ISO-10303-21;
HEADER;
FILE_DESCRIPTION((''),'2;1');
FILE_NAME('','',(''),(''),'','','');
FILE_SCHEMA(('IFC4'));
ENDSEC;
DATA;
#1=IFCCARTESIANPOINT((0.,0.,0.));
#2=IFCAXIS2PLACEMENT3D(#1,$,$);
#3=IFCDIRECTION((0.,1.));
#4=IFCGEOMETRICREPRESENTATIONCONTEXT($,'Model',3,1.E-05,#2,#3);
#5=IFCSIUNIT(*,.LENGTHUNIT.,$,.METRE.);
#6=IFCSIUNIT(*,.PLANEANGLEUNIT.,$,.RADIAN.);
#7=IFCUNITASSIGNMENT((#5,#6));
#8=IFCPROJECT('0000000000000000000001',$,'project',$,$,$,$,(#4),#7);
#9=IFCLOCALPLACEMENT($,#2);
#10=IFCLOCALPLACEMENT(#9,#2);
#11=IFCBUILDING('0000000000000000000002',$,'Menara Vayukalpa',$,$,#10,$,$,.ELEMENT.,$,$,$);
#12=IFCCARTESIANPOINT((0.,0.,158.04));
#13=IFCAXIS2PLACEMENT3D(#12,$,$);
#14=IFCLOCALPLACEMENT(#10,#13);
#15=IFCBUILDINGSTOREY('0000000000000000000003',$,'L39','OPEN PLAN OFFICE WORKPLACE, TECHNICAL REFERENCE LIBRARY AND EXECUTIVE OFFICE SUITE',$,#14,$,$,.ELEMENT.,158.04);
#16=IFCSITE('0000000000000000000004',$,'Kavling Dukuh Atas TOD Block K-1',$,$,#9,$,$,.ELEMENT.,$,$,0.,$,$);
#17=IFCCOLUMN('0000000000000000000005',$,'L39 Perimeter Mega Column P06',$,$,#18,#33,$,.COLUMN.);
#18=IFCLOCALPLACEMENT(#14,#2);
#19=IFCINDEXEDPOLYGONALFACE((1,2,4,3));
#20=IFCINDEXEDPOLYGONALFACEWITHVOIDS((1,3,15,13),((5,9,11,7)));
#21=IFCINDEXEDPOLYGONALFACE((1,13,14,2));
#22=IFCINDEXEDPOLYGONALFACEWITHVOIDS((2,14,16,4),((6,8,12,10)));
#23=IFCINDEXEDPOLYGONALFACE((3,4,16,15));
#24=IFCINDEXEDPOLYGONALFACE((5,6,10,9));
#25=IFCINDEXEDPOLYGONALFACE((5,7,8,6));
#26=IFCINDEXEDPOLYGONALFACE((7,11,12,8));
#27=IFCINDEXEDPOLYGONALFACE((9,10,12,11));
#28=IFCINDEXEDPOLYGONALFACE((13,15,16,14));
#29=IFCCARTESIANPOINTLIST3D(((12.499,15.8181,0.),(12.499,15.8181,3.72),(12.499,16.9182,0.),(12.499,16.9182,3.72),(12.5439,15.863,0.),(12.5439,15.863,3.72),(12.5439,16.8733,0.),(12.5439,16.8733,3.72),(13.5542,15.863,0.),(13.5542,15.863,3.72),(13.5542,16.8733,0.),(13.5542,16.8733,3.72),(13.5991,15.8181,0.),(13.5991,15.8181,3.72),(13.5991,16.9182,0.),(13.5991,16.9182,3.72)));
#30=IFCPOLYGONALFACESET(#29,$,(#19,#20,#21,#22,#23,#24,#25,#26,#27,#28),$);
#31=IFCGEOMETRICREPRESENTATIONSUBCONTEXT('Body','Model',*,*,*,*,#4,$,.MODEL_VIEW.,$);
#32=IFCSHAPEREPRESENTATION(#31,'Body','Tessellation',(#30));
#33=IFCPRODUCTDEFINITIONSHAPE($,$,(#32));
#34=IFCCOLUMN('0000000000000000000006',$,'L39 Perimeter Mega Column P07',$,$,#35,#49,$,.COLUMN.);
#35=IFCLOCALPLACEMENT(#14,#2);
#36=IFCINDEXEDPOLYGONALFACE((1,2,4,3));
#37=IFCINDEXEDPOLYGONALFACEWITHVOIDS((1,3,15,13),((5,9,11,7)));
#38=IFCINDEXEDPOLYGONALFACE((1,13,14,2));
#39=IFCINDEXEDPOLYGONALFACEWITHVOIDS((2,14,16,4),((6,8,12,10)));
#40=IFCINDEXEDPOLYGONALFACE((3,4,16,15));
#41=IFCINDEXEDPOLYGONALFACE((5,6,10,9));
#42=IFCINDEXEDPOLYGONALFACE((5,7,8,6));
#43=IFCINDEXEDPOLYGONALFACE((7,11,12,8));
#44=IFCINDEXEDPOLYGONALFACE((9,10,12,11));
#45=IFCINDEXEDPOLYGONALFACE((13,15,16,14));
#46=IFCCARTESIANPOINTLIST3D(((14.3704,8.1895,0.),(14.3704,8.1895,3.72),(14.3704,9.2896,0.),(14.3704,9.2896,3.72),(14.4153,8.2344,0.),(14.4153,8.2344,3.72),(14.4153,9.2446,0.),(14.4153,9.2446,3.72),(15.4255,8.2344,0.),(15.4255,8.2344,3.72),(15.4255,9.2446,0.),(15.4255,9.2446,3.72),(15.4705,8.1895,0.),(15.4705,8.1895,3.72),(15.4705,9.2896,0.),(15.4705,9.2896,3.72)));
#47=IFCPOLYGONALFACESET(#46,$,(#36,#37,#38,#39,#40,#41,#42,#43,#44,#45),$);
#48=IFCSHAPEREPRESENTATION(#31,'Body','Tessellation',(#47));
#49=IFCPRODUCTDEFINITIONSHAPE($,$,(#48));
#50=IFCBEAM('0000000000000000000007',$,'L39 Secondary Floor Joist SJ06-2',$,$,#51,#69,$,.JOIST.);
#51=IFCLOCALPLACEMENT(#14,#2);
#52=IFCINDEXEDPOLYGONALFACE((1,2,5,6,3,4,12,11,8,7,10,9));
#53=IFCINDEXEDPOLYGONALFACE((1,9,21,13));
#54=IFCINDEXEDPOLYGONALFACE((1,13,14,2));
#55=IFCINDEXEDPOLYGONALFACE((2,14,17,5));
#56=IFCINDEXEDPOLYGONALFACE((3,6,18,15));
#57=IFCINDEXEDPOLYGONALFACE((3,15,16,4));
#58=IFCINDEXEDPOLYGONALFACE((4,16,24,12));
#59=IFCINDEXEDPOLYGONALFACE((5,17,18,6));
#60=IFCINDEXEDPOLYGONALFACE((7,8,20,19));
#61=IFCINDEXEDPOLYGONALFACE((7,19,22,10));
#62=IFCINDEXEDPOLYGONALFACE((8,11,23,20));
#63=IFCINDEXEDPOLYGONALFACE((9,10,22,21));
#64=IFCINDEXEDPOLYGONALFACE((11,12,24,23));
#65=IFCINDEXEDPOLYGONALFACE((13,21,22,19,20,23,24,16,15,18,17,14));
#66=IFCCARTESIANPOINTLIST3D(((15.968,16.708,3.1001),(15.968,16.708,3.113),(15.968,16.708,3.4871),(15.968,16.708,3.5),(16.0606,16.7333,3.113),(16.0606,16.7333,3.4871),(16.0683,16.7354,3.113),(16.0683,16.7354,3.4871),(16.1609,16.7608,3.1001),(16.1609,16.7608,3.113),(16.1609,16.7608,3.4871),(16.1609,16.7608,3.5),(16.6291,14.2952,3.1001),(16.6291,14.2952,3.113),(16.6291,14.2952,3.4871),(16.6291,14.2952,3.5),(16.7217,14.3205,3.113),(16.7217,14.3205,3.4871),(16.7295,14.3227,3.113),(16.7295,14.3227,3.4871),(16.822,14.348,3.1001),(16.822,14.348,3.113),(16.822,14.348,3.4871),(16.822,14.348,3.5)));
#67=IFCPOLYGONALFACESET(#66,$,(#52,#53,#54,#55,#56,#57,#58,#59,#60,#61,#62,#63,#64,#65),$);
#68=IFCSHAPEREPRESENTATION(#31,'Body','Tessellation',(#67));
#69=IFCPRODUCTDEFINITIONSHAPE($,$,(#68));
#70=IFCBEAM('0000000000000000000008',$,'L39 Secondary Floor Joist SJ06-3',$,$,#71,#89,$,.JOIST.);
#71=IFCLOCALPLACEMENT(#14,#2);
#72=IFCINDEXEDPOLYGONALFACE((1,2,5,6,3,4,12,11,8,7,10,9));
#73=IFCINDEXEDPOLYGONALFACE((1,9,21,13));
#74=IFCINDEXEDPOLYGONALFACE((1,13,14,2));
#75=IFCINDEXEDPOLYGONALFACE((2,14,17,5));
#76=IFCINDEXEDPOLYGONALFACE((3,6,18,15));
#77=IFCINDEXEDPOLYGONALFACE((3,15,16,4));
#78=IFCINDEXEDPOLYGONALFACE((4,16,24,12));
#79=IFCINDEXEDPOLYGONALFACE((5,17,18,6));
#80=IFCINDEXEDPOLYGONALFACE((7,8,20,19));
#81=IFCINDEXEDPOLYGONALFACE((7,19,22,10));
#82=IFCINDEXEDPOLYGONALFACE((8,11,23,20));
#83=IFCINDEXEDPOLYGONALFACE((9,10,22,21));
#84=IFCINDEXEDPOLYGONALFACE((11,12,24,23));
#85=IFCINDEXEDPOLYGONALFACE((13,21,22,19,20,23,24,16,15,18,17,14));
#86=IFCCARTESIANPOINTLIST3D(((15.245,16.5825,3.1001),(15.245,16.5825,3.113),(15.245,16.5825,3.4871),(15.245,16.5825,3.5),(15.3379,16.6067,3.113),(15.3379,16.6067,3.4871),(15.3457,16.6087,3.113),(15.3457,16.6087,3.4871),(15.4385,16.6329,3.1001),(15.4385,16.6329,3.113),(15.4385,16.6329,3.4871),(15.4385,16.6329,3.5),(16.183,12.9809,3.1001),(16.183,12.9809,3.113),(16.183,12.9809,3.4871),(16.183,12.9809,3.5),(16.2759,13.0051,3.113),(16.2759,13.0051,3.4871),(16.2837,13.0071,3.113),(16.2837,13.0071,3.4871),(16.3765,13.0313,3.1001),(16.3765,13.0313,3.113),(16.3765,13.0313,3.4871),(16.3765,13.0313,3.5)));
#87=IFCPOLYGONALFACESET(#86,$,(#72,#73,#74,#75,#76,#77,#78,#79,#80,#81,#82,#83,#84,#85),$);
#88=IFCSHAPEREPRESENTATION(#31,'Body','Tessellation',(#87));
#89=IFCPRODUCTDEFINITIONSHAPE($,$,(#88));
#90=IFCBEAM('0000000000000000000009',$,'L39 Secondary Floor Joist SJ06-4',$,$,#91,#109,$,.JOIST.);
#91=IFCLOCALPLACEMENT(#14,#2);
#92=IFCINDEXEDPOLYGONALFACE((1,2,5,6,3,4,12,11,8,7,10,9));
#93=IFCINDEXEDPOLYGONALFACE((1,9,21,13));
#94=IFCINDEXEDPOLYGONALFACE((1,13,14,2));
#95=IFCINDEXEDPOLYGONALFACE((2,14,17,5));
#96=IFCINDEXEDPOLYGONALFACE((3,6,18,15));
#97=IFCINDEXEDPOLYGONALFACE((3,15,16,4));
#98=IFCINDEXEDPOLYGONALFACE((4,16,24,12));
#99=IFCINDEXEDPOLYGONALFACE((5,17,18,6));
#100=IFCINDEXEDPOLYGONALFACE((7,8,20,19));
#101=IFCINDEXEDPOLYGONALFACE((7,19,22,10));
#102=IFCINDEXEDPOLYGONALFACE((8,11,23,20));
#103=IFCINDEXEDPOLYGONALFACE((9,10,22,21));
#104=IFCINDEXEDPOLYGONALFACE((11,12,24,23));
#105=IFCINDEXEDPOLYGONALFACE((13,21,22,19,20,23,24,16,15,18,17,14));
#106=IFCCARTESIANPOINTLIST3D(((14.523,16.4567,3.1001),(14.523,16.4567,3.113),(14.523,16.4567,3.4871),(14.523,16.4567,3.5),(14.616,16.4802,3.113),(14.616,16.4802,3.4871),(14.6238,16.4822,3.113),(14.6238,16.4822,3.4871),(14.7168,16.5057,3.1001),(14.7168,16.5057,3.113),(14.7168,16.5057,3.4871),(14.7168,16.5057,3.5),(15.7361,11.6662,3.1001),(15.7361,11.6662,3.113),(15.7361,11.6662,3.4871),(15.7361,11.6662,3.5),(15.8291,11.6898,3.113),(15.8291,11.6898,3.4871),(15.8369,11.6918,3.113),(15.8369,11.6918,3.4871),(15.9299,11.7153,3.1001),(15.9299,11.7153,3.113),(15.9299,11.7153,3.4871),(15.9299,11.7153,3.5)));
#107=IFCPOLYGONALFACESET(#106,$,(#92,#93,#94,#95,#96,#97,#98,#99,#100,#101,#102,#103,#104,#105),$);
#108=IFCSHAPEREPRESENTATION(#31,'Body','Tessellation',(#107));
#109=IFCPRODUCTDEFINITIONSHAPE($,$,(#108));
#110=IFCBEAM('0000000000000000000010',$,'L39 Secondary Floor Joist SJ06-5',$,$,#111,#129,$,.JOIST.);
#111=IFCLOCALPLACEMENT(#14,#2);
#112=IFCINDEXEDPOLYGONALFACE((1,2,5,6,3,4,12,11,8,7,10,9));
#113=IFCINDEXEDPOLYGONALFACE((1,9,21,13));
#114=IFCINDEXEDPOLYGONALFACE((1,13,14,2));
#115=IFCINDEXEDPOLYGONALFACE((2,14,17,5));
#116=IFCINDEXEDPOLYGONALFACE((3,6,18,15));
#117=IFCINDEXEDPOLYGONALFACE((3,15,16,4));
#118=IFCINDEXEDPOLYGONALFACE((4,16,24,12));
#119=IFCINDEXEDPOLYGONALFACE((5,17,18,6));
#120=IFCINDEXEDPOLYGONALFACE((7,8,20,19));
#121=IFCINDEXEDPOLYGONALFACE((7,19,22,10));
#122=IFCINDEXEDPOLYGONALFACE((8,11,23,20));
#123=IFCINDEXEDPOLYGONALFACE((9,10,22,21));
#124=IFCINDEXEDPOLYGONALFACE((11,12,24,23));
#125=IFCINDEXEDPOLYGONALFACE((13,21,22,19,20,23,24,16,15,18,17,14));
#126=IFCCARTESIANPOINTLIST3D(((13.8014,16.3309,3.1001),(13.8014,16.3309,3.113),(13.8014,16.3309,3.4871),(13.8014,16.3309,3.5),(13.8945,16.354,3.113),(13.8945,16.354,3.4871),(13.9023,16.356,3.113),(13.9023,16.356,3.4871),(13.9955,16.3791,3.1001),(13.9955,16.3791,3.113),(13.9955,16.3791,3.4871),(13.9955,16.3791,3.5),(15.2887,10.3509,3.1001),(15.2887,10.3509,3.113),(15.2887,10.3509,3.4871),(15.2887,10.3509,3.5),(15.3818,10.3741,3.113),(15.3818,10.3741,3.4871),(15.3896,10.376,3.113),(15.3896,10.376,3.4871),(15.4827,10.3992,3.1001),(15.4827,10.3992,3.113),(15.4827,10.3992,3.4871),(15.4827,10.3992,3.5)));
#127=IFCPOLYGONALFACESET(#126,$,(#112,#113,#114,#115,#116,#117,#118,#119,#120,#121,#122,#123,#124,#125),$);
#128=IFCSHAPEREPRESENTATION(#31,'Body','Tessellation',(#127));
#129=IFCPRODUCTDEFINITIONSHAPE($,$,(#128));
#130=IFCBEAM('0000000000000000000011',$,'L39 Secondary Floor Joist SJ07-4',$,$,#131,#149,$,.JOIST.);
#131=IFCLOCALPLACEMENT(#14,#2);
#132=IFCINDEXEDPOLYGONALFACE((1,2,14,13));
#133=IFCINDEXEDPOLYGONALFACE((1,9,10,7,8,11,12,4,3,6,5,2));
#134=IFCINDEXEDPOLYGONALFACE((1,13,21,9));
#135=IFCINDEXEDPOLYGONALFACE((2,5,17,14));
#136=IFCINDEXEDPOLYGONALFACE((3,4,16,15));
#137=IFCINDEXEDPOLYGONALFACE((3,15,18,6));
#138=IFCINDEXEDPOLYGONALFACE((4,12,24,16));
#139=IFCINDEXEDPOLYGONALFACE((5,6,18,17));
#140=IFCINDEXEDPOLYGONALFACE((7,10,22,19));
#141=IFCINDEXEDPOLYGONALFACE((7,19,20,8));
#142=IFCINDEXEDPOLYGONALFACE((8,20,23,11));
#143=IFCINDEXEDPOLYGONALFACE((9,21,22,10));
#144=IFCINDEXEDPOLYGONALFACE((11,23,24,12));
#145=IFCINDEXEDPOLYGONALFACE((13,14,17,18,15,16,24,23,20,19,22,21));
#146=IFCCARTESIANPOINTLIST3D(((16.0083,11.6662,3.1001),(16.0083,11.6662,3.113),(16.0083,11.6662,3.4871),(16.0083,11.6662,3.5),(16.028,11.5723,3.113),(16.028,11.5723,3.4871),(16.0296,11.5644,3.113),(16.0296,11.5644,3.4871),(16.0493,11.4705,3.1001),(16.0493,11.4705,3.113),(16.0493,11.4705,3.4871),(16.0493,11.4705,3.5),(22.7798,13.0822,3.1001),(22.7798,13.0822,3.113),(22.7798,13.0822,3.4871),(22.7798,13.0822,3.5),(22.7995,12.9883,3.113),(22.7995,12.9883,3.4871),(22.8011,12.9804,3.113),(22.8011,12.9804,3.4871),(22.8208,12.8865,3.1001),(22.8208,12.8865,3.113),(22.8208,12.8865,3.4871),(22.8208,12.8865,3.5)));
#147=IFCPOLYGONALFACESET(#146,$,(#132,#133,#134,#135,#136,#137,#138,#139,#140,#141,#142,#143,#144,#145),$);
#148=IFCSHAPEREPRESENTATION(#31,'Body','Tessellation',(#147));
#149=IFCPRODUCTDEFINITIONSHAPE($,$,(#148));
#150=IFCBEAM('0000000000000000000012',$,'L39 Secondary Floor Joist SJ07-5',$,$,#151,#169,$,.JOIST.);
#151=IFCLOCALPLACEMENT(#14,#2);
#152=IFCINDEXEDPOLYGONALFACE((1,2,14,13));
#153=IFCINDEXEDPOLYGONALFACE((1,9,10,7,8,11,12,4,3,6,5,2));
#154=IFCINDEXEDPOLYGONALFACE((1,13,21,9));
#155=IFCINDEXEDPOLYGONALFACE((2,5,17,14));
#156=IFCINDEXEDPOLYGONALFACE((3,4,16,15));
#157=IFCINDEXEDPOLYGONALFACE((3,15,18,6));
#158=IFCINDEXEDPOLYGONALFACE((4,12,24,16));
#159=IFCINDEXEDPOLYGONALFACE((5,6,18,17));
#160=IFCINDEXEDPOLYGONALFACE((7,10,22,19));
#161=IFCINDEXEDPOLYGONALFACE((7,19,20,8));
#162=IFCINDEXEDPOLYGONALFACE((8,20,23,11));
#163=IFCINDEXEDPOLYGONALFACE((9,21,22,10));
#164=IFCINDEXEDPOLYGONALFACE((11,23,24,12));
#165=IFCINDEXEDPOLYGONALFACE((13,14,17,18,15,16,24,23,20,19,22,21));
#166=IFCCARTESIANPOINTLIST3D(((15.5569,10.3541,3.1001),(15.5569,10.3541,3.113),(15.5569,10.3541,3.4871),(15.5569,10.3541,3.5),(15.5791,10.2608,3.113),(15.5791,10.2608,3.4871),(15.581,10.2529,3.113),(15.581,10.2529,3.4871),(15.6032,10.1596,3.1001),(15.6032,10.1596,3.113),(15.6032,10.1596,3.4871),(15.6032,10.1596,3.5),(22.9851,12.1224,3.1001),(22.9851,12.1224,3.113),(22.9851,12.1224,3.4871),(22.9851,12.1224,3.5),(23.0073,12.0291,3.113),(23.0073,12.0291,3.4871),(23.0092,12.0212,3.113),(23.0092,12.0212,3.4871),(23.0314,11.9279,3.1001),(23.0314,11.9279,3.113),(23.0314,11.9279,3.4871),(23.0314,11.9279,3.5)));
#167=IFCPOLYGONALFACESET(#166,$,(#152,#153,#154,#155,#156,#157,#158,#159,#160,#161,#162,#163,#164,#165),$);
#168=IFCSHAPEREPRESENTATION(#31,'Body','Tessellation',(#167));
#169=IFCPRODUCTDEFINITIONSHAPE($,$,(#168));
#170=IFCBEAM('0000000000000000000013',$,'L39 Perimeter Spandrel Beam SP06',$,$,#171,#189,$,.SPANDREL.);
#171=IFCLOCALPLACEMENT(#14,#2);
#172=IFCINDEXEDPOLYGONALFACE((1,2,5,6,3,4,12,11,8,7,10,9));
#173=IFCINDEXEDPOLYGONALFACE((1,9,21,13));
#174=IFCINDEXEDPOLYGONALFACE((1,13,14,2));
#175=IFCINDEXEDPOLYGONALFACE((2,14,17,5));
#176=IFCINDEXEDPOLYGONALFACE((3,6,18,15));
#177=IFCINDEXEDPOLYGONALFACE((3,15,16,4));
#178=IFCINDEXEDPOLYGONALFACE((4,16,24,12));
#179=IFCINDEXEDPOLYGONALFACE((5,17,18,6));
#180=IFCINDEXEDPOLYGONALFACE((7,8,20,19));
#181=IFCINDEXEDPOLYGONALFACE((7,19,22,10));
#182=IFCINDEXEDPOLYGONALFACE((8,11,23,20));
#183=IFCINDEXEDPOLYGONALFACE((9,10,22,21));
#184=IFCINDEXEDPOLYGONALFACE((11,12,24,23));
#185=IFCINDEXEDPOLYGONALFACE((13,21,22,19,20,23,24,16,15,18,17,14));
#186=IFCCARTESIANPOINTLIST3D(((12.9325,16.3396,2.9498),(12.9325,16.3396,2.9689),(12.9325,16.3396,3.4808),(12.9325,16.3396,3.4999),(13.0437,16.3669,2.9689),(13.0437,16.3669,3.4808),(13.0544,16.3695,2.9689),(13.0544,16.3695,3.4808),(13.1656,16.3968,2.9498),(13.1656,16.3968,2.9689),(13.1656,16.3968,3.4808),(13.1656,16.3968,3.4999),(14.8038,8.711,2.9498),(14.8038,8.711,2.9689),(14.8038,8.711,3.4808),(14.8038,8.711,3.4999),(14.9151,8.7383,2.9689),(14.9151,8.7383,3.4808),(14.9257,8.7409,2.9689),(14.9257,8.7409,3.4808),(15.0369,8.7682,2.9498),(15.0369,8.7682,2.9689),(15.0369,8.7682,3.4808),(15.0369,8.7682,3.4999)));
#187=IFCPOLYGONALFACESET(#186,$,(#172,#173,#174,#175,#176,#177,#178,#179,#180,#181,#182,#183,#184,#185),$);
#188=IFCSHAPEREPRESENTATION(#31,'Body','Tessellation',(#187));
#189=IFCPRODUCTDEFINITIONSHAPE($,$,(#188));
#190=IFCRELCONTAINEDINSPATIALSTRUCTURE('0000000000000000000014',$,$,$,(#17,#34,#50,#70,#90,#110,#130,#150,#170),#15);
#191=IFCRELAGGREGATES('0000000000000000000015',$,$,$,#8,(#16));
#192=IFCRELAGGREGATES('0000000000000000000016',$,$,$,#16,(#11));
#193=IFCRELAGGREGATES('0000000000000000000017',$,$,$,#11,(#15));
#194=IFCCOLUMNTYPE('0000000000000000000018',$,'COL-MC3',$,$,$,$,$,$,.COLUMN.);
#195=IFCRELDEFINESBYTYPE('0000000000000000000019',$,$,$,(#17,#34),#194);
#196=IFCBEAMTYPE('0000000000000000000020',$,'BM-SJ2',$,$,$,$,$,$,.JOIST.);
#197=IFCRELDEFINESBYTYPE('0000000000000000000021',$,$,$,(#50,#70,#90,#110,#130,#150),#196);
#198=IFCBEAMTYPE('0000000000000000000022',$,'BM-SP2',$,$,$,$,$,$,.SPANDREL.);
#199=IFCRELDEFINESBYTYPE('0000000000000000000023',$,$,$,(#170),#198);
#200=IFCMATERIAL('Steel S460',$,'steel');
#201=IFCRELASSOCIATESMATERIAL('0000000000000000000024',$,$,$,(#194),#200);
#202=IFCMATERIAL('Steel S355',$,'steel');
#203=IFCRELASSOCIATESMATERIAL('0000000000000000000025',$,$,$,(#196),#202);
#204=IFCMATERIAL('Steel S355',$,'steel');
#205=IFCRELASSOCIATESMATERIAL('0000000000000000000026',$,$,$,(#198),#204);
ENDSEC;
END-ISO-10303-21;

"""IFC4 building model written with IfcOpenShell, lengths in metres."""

from ifc_helpers import new_model, si_unit, direction, frame, origin, origin_2d, place, context, subcontext, project, spatial, hollow_rectangle, i_section, extrude, material, material_profile, profile_set, type_object, element, save


model = new_model("IFC4")

# Units and contexts
model_context = context("Model", 3, precision=1e-05, world=origin(), true_north=direction((0.0, 1.0)))
body_context = subcontext(model_context, "Body", "Model", "MODEL_VIEW")
ifc_project = project(units=[si_unit("LENGTHUNIT", "METRE"), si_unit("PLANEANGLEUNIT", "RADIAN")], contexts=[model_context])

# Site, building, storey
site_placement = place(None, origin())
site = spatial("IfcSite", under=ifc_project, at=site_placement, Name="Kavling Dukuh Atas TOD Block K-1", CompositionType="ELEMENT", RefElevation=0.0)
building_placement = place(site_placement, origin())
building = spatial("IfcBuilding", under=site, at=building_placement, Name="Menara Vayukalpa", CompositionType="ELEMENT")
storey_placement = place(building_placement, frame((0.0, 0.0, 158.04)))
storey = spatial("IfcBuildingStorey", under=building, at=storey_placement, Name="L39", Description="OPEN PLAN OFFICE WORKPLACE, TECHNICAL REFERENCE LIBRARY AND EXECUTIVE OFFICE SUITE", CompositionType="ELEMENT", Elevation=158.04)

# Columns
ifc_material_1 = material(Name="Steel S460", Category="steel")
ifc_material_profile_1 = material_profile(ifc_material_1, hollow_rectangle(XDim=1.1001, YDim=1.1001, WallThickness=0.0449, at=origin_2d()), Name="BOX 1100x1100x45")
ifc_profile_set_1 = profile_set([ifc_material_profile_1], Name="Steel S460")
column_type = type_object("IfcColumnType", Name="COL-MC3", PredefinedType="COLUMN", material=ifc_profile_set_1)
for number, where, z_axis, x_axis, name in (
    (1, (13.0491, 16.3682, 0.0), (0.0, 0.0, 1.0), (1.0, 0.0, 0.0), "L39 Perimeter Mega Column P06"),
    (2, (14.9204, 8.7395, 0.0), (0.0, 0.0, 1.0), (1.0, 0.0, 0.0), "L39 Perimeter Mega Column P07"),
):
    element("IfcColumn", number, at=place(storey_placement, frame(where, z_axis=z_axis, x_axis=x_axis)), inside=storey, type_object=column_type, Name=name, PredefinedType="COLUMN", context=body_context, shape_type="SweptSolid", body=[
        extrude(hollow_rectangle(XDim=1.1001, YDim=1.1001, WallThickness=0.0449, at=origin_2d()), origin(), (0.0, 0.0, 1.0), 3.72),
    ])

# Beams
ifc_material_2 = material(Name="Steel S355", Category="steel")
ifc_material_profile_2 = material_profile(ifc_material_2, i_section(OverallWidth=0.2, OverallDepth=0.3999, WebThickness=0.0081, FlangeThickness=0.0129, at=origin_2d()), Name="WF 400x200x8x13")
ifc_profile_set_2 = profile_set([ifc_material_profile_2], Name="Steel S355")
beam_type_1 = type_object("IfcBeamType", Name="BM-SJ2", PredefinedType="JOIST", material=ifc_profile_set_2)
beam_1_placement = place(storey_placement, frame((16.0645, 16.7344, 3.3), z_axis=(0.264265, -0.96445, 0.0), x_axis=(0.96445, 0.264265, 0.0)))
element("IfcBeam", 3, at=beam_1_placement, inside=storey, type_object=beam_type_1, Name="L39 Secondary Floor Joist SJ06-2", PredefinedType="JOIST", context=body_context, shape_type="SweptSolid", body=[
    extrude(i_section(OverallWidth=0.2, OverallDepth=0.3999, WebThickness=0.0081, FlangeThickness=0.0129, at=origin_2d()), origin(), (0.0, 0.0, 1.0), 2.5017),
])
beam_2_placement = place(storey_placement, frame((15.3418, 16.6077, 3.3), z_axis=(0.252032, -0.967719, 0.0), x_axis=(0.967719, 0.252032, 0.0)))
element("IfcBeam", 4, at=beam_2_placement, inside=storey, type_object=beam_type_1, Name="L39 Secondary Floor Joist SJ06-3", PredefinedType="JOIST", context=body_context, shape_type="SweptSolid", body=[
    extrude(i_section(OverallWidth=0.2, OverallDepth=0.3999, WebThickness=0.0081, FlangeThickness=0.0129, at=origin_2d()), origin(), (0.0, 0.0, 1.0), 3.7217),
])
beam_3_placement = place(storey_placement, frame((14.6199, 16.4812, 3.3), z_axis=(0.245487, -0.9694, 0.0), x_axis=(0.9694, 0.245487, 0.0)))
element("IfcBeam", 5, at=beam_3_placement, inside=storey, type_object=beam_type_1, Name="L39 Secondary Floor Joist SJ06-4", PredefinedType="JOIST", context=body_context, shape_type="SweptSolid", body=[
    extrude(i_section(OverallWidth=0.2, OverallDepth=0.3999, WebThickness=0.0081, FlangeThickness=0.0129, at=origin_2d()), origin(), (0.0, 0.0, 1.0), 4.9417),
])
beam_4_placement = place(storey_placement, frame((13.8984, 16.355, 3.3), z_axis=(0.241361, -0.970435, 0.0), x_axis=(0.970435, 0.241361, 0.0)))
element("IfcBeam", 6, at=beam_4_placement, inside=storey, type_object=beam_type_1, Name="L39 Secondary Floor Joist SJ06-5", PredefinedType="JOIST", context=body_context, shape_type="SweptSolid", body=[
    extrude(i_section(OverallWidth=0.2, OverallDepth=0.3999, WebThickness=0.0081, FlangeThickness=0.0129, at=origin_2d()), origin(), (0.0, 0.0, 1.0), 6.1621),
])
beam_5_placement = place(storey_placement, frame((16.0288, 11.5684, 3.3), z_axis=(0.978827, 0.204687, 0.0), x_axis=(-0.204687, 0.978827, 0.0)))
element("IfcBeam", 7, at=beam_5_placement, inside=storey, type_object=beam_type_1, Name="L39 Secondary Floor Joist SJ07-4", PredefinedType="JOIST", context=body_context, shape_type="SweptSolid", body=[
    extrude(i_section(OverallWidth=0.2, OverallDepth=0.3999, WebThickness=0.0081, FlangeThickness=0.0129, at=origin_2d()), origin(), (0.0, 0.0, 1.0), 6.918),
])
beam_6_placement = place(storey_placement, frame((15.5801, 10.2568, 3.3), z_axis=(0.972815, 0.231582, 0.0), x_axis=(-0.231582, 0.972815, 0.0)))
element("IfcBeam", 8, at=beam_6_placement, inside=storey, type_object=beam_type_1, Name="L39 Secondary Floor Joist SJ07-5", PredefinedType="JOIST", context=body_context, shape_type="SweptSolid", body=[
    extrude(i_section(OverallWidth=0.2, OverallDepth=0.3999, WebThickness=0.0081, FlangeThickness=0.0129, at=origin_2d()), origin(), (0.0, 0.0, 1.0), 7.6357),
])
ifc_material_3 = material(Name="Steel S355", Category="steel")
ifc_material_profile_3 = material_profile(ifc_material_3, i_section(OverallWidth=0.24, OverallDepth=0.55, WebThickness=0.011, FlangeThickness=0.019, at=origin_2d()), Name="WF 550x240x11x19")
ifc_profile_set_3 = profile_set([ifc_material_profile_3], Name="Steel S355")
beam_type_2 = type_object("IfcBeamType", Name="BM-SP2", PredefinedType="SPANDREL", material=ifc_profile_set_3)
beam_7_placement = place(storey_placement, frame((13.0491, 16.3682, 3.2249), z_axis=(0.23824, -0.971206, 0.0), x_axis=(0.971206, 0.23824, 0.0)))
element("IfcBeam", 9, at=beam_7_placement, inside=storey, type_object=beam_type_2, Name="L39 Perimeter Spandrel Beam SP06", PredefinedType="SPANDREL", context=body_context, shape_type="SweptSolid", body=[
    extrude(i_section(OverallWidth=0.24, OverallDepth=0.55, WebThickness=0.011, FlangeThickness=0.019, at=origin_2d()), origin(), (0.0, 0.0, 1.0), 7.8547),
])

save(model, "model.ifc")
